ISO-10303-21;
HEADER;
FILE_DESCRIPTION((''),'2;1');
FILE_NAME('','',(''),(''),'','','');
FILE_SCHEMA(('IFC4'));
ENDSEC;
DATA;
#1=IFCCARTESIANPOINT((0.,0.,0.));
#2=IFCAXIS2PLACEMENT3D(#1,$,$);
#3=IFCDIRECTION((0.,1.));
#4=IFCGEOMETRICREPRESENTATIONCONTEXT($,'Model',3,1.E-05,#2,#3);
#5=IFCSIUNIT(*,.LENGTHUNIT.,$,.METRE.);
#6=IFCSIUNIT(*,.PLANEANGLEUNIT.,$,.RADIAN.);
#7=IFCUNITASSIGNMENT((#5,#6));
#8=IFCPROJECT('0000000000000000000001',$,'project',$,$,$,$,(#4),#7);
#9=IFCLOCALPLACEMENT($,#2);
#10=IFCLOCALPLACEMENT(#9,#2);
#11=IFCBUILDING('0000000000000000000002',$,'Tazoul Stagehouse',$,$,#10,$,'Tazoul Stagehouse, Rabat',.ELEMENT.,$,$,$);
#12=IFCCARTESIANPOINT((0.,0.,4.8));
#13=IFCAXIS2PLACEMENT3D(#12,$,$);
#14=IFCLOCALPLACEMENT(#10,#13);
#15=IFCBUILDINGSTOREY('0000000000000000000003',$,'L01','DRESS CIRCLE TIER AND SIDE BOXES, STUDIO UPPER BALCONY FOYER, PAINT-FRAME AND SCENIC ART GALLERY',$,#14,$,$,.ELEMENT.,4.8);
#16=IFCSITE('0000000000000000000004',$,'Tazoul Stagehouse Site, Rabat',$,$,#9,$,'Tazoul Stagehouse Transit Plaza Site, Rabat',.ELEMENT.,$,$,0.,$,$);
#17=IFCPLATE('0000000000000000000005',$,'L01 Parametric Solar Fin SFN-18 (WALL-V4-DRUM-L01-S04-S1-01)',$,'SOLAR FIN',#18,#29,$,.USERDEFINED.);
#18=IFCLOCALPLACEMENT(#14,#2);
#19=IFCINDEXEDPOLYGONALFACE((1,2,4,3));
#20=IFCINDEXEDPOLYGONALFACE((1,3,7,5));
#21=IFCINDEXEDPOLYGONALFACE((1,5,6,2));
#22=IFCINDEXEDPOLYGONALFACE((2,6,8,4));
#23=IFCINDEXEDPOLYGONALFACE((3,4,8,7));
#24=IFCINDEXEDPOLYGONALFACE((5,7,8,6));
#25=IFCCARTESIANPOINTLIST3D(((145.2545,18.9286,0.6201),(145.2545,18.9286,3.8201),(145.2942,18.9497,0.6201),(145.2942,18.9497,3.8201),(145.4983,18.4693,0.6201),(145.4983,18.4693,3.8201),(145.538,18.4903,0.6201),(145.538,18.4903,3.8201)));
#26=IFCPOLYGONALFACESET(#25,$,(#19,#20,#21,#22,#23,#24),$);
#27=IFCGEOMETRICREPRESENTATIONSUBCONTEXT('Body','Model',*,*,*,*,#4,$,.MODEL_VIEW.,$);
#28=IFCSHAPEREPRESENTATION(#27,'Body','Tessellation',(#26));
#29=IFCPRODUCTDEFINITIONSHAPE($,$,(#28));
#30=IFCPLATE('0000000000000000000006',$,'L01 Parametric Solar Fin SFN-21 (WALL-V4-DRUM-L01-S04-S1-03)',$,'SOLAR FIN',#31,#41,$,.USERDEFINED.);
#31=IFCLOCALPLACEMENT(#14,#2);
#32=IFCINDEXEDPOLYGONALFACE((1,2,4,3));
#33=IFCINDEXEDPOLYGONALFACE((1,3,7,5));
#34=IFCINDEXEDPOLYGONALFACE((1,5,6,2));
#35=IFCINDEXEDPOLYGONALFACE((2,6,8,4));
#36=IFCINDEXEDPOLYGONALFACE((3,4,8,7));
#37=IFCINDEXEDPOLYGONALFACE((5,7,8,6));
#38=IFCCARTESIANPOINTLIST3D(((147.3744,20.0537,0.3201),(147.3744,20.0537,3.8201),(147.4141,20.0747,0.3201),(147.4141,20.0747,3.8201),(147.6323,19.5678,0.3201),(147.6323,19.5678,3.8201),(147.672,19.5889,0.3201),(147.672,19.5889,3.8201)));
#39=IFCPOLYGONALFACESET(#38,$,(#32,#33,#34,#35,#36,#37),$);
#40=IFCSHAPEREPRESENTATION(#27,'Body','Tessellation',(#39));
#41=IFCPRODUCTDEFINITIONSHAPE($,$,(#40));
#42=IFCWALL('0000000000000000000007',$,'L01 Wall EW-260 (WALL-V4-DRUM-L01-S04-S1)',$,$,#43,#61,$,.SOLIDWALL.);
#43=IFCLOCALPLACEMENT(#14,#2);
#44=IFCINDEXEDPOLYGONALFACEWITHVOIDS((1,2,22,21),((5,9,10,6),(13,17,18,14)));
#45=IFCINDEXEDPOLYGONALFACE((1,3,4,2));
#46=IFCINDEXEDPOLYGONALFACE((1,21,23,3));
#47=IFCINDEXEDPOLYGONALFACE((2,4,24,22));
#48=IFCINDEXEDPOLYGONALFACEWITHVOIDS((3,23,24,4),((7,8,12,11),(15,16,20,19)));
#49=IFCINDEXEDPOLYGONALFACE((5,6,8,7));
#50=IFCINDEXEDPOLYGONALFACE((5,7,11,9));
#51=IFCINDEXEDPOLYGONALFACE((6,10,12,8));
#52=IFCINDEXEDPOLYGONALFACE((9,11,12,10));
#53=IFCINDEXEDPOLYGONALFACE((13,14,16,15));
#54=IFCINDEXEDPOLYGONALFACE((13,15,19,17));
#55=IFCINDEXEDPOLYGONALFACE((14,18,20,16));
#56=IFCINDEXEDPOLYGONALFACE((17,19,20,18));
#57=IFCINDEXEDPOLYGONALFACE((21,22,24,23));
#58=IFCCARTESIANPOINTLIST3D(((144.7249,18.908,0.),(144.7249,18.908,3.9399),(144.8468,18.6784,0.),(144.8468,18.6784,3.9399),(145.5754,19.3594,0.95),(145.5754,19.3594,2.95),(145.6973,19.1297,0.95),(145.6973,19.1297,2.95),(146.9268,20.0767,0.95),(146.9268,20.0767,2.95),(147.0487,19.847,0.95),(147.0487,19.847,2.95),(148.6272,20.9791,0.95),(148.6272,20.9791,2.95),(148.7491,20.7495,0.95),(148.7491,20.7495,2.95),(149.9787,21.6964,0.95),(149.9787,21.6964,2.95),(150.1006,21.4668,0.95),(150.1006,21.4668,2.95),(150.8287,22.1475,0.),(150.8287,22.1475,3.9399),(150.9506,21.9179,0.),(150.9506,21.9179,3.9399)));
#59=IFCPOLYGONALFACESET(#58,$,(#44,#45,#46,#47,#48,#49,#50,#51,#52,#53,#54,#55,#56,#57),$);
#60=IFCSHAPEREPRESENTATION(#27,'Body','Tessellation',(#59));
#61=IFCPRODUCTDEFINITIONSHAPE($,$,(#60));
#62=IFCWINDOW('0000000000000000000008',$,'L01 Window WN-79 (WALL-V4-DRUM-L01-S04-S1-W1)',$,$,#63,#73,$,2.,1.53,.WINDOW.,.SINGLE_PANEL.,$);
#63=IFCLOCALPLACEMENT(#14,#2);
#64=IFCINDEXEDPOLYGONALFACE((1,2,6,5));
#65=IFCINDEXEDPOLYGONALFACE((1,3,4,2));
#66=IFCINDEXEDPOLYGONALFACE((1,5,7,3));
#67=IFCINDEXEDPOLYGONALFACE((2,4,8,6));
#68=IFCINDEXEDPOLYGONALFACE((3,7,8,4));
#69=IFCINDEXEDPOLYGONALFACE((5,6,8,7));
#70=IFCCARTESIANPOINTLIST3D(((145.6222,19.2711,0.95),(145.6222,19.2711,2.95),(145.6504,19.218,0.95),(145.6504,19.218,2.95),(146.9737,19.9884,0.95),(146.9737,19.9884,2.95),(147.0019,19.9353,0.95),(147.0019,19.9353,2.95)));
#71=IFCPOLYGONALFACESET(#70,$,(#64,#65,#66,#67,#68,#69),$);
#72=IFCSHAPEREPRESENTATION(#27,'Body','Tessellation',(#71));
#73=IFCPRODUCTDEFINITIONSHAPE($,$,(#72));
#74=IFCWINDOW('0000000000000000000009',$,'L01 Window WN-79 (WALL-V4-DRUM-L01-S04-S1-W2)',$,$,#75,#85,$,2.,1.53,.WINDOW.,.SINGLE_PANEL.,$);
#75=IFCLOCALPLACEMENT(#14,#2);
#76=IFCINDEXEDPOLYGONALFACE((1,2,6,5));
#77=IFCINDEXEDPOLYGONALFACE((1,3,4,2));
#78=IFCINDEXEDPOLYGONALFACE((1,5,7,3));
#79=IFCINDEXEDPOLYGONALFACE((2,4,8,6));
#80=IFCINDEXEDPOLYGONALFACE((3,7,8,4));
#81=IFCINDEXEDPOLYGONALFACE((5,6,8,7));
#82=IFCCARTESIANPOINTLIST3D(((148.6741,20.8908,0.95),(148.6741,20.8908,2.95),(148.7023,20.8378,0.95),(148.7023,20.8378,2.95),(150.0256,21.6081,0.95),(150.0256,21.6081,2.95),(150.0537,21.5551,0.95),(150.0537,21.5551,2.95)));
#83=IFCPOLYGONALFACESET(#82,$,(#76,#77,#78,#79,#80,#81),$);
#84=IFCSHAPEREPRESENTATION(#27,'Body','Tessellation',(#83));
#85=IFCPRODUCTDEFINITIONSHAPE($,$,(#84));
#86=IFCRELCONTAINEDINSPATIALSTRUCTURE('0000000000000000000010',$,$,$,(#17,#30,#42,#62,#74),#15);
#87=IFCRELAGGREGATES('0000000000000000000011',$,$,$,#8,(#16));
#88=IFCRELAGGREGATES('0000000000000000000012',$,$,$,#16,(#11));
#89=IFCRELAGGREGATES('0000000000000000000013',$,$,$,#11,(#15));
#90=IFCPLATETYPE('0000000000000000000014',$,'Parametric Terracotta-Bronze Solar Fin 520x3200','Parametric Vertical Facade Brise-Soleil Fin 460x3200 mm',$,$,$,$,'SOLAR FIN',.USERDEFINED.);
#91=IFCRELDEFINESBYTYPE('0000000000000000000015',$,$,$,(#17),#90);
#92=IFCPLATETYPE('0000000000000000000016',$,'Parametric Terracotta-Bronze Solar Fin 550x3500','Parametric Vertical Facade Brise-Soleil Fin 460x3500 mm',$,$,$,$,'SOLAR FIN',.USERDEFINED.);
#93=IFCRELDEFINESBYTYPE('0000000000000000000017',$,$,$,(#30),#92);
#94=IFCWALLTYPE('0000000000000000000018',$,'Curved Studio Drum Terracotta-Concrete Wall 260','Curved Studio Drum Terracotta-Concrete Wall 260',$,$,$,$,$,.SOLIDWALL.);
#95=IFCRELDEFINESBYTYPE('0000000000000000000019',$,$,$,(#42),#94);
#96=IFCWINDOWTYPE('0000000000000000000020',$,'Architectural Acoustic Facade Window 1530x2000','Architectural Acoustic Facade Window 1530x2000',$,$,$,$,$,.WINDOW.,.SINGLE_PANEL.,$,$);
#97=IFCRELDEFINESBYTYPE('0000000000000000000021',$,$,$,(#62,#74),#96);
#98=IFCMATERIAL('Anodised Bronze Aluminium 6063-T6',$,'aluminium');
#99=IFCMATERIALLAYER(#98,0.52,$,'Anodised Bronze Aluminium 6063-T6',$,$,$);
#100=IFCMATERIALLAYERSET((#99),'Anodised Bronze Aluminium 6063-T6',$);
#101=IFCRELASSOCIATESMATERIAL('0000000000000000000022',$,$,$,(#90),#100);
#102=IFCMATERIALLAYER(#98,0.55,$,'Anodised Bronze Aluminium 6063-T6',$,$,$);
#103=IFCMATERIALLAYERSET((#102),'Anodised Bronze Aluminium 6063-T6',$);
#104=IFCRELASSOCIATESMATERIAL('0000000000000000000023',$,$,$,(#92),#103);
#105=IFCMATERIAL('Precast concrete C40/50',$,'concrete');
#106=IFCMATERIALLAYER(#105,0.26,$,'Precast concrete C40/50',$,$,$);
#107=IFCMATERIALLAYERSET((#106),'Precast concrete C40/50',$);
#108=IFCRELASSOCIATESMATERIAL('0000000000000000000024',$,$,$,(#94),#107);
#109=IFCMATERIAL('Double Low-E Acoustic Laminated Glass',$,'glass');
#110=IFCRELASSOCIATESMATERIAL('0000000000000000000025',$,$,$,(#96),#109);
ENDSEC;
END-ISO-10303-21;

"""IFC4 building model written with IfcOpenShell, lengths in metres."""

from ifc_helpers import new_model, si_unit, direction, frame, frame_2d, origin, origin_2d, place, context, subcontext, project, spatial, rectangle, extrude, material, layer, layer_set, type_object, element, fill, save


model = new_model("IFC4")

# Units and contexts
model_context = context("Model", 3, precision=1e-05, world=origin(), true_north=direction((0.0, 1.0)))
body_context = subcontext(model_context, "Body", "Model", "MODEL_VIEW")
ifc_project = project(units=[si_unit("LENGTHUNIT", "METRE"), si_unit("PLANEANGLEUNIT", "RADIAN")], contexts=[model_context])

# Site, building, storey
site_placement = place(None, origin())
site = spatial("IfcSite", under=ifc_project, at=site_placement, Name="Tazoul Stagehouse Site, Rabat", LongName="Tazoul Stagehouse Transit Plaza Site, Rabat", CompositionType="ELEMENT", RefElevation=0.0)
building_placement = place(site_placement, origin())
building = spatial("IfcBuilding", under=site, at=building_placement, Name="Tazoul Stagehouse", LongName="Tazoul Stagehouse, Rabat", CompositionType="ELEMENT")
storey_placement = place(building_placement, frame((0.0, 0.0, 4.8)))
storey = spatial("IfcBuildingStorey", under=building, at=storey_placement, Name="L01", Description="DRESS CIRCLE TIER AND SIDE BOXES, STUDIO UPPER BALCONY FOYER, PAINT-FRAME AND SCENIC ART GALLERY", CompositionType="ELEMENT", Elevation=4.8)

# Plates
ifc_material_1 = material(Name="Anodised Bronze Aluminium 6063-T6", Category="aluminium")
ifc_layer_1 = layer(ifc_material_1, 0.52, Name="Anodised Bronze Aluminium 6063-T6")
ifc_layer_set_1 = layer_set([ifc_layer_1], Name="Anodised Bronze Aluminium 6063-T6")
plate_type_1 = type_object("IfcPlateType", Name="Parametric Terracotta-Bronze Solar Fin 520x3200", Description="Parametric Vertical Facade Brise-Soleil Fin 460x3200 mm", ElementType="SOLAR FIN", PredefinedType="USERDEFINED", material=ifc_layer_set_1)
plate_1_placement = place(storey_placement, frame((145.3962, 18.7095, 0.6201), z_axis=(0.0, 0.0, 1.0), x_axis=(0.883296, 0.468816, 0.0)))
element("IfcPlate", 1, at=plate_1_placement, inside=storey, type_object=plate_type_1, Name="L01 Parametric Solar Fin SFN-18 (WALL-V4-DRUM-L01-S04-S1-01)", ObjectType="SOLAR FIN", PredefinedType="USERDEFINED", context=body_context, shape_type="SweptSolid", body=[
    extrude(rectangle(XDim=0.0449, YDim=0.52, at=origin_2d()), origin(), (0.0, 0.0, 1.0), 3.2),
])
ifc_layer_2 = layer(ifc_material_1, 0.55, Name="Anodised Bronze Aluminium 6063-T6")
ifc_layer_set_2 = layer_set([ifc_layer_2], Name="Anodised Bronze Aluminium 6063-T6")
plate_type_2 = type_object("IfcPlateType", Name="Parametric Terracotta-Bronze Solar Fin 550x3500", Description="Parametric Vertical Facade Brise-Soleil Fin 460x3500 mm", ElementType="SOLAR FIN", PredefinedType="USERDEFINED", material=ifc_layer_set_2)
plate_2_placement = place(storey_placement, frame((147.5232, 19.8213, 0.3201), z_axis=(0.0, 0.0, 1.0), x_axis=(0.883296, 0.468816, 0.0)))
element("IfcPlate", 2, at=plate_2_placement, inside=storey, type_object=plate_type_2, Name="L01 Parametric Solar Fin SFN-21 (WALL-V4-DRUM-L01-S04-S1-03)", ObjectType="SOLAR FIN", PredefinedType="USERDEFINED", context=body_context, shape_type="SweptSolid", body=[
    extrude(rectangle(XDim=0.0449, YDim=0.55, at=origin_2d()), origin(), (0.0, 0.0, 1.0), 3.5),
])

# Wall, openings, windows
ifc_material_2 = material(Name="Precast concrete C40/50", Category="concrete")
ifc_layer_3 = layer(ifc_material_2, 0.26, Name="Precast concrete C40/50")
ifc_layer_set_3 = layer_set([ifc_layer_3], Name="Precast concrete C40/50")
wall_type = type_object("IfcWallType", Name="Curved Studio Drum Terracotta-Concrete Wall 260", Description="Curved Studio Drum Terracotta-Concrete Wall 260", PredefinedType="SOLIDWALL", material=ifc_layer_set_3)
wall_placement = place(storey_placement, frame((144.7859, 18.7932, 0.0), z_axis=(0.0, 0.0, 1.0), x_axis=(0.883303, 0.468803, 0.0)))
wall = element("IfcWall", 3, at=wall_placement, inside=storey, type_object=wall_type, Name="L01 Wall EW-260 (WALL-V4-DRUM-L01-S04-S1)", PredefinedType="SOLIDWALL", context=body_context, shape_type="SweptSolid", body=[
    extrude(rectangle(XDim=6.9102, YDim=0.26, at=frame_2d((3.4551, 0.0))), origin(), (0.0, 0.0, 1.0), 3.9399),
])
opening_1_placement = place(wall_placement, frame((0.9626, 0.0, 0.95)))
opening_1 = element("IfcOpeningElement", 4, at=opening_1_placement, cuts=wall, PredefinedType="OPENING", context=body_context, shape_type="SweptSolid", body=[
    extrude(rectangle(XDim=1.53, YDim=2.0, at=frame_2d((0.7651, 1.0))), frame((0.0, 0.1499, 0.0), z_axis=(0.0, -1.0, 0.0), x_axis=(1.0, 0.0, 0.0)), (0.0, 0.0, 1.0), 0.3),
])
opening_2_placement = place(wall_placement, frame((4.4177, 0.0, 0.95)))
opening_2 = element("IfcOpeningElement", 5, at=opening_2_placement, cuts=wall, PredefinedType="OPENING", context=body_context, shape_type="SweptSolid", body=[
    extrude(rectangle(XDim=1.53, YDim=2.0, at=frame_2d((0.7651, 1.0))), frame((0.0, 0.1499, 0.0), z_axis=(0.0, -1.0, 0.0), x_axis=(1.0, 0.0, 0.0)), (0.0, 0.0, 1.0), 0.3),
])
ifc_material_3 = material(Name="Double Low-E Acoustic Laminated Glass", Category="glass")
window_type = type_object("IfcWindowType", Name="Architectural Acoustic Facade Window 1530x2000", Description="Architectural Acoustic Facade Window 1530x2000", PartitioningType="SINGLE_PANEL", PredefinedType="WINDOW", material=ifc_material_3)
window_1_placement = place(opening_1_placement, origin())
window_1 = element("IfcWindow", 6, at=window_1_placement, inside=storey, type_object=window_type, Name="L01 Window WN-79 (WALL-V4-DRUM-L01-S04-S1-W1)", OverallHeight=2.0, OverallWidth=1.53, PartitioningType="SINGLE_PANEL", PredefinedType="WINDOW", context=body_context, shape_type="SweptSolid", body=[
    extrude(rectangle(XDim=1.53, YDim=2.0, at=frame_2d((0.7651, 1.0))), frame((0.0, 0.03, 0.0), z_axis=(0.0, -1.0, 0.0), x_axis=(1.0, 0.0, 0.0)), (0.0, 0.0, 1.0), 0.0601),
])
fill(opening_1, window_1)
window_2_placement = place(opening_2_placement, origin())
window_2 = element("IfcWindow", 7, at=window_2_placement, inside=storey, type_object=window_type, Name="L01 Window WN-79 (WALL-V4-DRUM-L01-S04-S1-W2)", OverallHeight=2.0, OverallWidth=1.53, PartitioningType="SINGLE_PANEL", PredefinedType="WINDOW", context=body_context, shape_type="SweptSolid", body=[
    extrude(rectangle(XDim=1.53, YDim=2.0, at=frame_2d((0.7651, 1.0))), frame((0.0, 0.03, 0.0), z_axis=(0.0, -1.0, 0.0), x_axis=(1.0, 0.0, 0.0)), (0.0, 0.0, 1.0), 0.0601),
])
fill(opening_2, window_2)

save(model, "model.ifc")
